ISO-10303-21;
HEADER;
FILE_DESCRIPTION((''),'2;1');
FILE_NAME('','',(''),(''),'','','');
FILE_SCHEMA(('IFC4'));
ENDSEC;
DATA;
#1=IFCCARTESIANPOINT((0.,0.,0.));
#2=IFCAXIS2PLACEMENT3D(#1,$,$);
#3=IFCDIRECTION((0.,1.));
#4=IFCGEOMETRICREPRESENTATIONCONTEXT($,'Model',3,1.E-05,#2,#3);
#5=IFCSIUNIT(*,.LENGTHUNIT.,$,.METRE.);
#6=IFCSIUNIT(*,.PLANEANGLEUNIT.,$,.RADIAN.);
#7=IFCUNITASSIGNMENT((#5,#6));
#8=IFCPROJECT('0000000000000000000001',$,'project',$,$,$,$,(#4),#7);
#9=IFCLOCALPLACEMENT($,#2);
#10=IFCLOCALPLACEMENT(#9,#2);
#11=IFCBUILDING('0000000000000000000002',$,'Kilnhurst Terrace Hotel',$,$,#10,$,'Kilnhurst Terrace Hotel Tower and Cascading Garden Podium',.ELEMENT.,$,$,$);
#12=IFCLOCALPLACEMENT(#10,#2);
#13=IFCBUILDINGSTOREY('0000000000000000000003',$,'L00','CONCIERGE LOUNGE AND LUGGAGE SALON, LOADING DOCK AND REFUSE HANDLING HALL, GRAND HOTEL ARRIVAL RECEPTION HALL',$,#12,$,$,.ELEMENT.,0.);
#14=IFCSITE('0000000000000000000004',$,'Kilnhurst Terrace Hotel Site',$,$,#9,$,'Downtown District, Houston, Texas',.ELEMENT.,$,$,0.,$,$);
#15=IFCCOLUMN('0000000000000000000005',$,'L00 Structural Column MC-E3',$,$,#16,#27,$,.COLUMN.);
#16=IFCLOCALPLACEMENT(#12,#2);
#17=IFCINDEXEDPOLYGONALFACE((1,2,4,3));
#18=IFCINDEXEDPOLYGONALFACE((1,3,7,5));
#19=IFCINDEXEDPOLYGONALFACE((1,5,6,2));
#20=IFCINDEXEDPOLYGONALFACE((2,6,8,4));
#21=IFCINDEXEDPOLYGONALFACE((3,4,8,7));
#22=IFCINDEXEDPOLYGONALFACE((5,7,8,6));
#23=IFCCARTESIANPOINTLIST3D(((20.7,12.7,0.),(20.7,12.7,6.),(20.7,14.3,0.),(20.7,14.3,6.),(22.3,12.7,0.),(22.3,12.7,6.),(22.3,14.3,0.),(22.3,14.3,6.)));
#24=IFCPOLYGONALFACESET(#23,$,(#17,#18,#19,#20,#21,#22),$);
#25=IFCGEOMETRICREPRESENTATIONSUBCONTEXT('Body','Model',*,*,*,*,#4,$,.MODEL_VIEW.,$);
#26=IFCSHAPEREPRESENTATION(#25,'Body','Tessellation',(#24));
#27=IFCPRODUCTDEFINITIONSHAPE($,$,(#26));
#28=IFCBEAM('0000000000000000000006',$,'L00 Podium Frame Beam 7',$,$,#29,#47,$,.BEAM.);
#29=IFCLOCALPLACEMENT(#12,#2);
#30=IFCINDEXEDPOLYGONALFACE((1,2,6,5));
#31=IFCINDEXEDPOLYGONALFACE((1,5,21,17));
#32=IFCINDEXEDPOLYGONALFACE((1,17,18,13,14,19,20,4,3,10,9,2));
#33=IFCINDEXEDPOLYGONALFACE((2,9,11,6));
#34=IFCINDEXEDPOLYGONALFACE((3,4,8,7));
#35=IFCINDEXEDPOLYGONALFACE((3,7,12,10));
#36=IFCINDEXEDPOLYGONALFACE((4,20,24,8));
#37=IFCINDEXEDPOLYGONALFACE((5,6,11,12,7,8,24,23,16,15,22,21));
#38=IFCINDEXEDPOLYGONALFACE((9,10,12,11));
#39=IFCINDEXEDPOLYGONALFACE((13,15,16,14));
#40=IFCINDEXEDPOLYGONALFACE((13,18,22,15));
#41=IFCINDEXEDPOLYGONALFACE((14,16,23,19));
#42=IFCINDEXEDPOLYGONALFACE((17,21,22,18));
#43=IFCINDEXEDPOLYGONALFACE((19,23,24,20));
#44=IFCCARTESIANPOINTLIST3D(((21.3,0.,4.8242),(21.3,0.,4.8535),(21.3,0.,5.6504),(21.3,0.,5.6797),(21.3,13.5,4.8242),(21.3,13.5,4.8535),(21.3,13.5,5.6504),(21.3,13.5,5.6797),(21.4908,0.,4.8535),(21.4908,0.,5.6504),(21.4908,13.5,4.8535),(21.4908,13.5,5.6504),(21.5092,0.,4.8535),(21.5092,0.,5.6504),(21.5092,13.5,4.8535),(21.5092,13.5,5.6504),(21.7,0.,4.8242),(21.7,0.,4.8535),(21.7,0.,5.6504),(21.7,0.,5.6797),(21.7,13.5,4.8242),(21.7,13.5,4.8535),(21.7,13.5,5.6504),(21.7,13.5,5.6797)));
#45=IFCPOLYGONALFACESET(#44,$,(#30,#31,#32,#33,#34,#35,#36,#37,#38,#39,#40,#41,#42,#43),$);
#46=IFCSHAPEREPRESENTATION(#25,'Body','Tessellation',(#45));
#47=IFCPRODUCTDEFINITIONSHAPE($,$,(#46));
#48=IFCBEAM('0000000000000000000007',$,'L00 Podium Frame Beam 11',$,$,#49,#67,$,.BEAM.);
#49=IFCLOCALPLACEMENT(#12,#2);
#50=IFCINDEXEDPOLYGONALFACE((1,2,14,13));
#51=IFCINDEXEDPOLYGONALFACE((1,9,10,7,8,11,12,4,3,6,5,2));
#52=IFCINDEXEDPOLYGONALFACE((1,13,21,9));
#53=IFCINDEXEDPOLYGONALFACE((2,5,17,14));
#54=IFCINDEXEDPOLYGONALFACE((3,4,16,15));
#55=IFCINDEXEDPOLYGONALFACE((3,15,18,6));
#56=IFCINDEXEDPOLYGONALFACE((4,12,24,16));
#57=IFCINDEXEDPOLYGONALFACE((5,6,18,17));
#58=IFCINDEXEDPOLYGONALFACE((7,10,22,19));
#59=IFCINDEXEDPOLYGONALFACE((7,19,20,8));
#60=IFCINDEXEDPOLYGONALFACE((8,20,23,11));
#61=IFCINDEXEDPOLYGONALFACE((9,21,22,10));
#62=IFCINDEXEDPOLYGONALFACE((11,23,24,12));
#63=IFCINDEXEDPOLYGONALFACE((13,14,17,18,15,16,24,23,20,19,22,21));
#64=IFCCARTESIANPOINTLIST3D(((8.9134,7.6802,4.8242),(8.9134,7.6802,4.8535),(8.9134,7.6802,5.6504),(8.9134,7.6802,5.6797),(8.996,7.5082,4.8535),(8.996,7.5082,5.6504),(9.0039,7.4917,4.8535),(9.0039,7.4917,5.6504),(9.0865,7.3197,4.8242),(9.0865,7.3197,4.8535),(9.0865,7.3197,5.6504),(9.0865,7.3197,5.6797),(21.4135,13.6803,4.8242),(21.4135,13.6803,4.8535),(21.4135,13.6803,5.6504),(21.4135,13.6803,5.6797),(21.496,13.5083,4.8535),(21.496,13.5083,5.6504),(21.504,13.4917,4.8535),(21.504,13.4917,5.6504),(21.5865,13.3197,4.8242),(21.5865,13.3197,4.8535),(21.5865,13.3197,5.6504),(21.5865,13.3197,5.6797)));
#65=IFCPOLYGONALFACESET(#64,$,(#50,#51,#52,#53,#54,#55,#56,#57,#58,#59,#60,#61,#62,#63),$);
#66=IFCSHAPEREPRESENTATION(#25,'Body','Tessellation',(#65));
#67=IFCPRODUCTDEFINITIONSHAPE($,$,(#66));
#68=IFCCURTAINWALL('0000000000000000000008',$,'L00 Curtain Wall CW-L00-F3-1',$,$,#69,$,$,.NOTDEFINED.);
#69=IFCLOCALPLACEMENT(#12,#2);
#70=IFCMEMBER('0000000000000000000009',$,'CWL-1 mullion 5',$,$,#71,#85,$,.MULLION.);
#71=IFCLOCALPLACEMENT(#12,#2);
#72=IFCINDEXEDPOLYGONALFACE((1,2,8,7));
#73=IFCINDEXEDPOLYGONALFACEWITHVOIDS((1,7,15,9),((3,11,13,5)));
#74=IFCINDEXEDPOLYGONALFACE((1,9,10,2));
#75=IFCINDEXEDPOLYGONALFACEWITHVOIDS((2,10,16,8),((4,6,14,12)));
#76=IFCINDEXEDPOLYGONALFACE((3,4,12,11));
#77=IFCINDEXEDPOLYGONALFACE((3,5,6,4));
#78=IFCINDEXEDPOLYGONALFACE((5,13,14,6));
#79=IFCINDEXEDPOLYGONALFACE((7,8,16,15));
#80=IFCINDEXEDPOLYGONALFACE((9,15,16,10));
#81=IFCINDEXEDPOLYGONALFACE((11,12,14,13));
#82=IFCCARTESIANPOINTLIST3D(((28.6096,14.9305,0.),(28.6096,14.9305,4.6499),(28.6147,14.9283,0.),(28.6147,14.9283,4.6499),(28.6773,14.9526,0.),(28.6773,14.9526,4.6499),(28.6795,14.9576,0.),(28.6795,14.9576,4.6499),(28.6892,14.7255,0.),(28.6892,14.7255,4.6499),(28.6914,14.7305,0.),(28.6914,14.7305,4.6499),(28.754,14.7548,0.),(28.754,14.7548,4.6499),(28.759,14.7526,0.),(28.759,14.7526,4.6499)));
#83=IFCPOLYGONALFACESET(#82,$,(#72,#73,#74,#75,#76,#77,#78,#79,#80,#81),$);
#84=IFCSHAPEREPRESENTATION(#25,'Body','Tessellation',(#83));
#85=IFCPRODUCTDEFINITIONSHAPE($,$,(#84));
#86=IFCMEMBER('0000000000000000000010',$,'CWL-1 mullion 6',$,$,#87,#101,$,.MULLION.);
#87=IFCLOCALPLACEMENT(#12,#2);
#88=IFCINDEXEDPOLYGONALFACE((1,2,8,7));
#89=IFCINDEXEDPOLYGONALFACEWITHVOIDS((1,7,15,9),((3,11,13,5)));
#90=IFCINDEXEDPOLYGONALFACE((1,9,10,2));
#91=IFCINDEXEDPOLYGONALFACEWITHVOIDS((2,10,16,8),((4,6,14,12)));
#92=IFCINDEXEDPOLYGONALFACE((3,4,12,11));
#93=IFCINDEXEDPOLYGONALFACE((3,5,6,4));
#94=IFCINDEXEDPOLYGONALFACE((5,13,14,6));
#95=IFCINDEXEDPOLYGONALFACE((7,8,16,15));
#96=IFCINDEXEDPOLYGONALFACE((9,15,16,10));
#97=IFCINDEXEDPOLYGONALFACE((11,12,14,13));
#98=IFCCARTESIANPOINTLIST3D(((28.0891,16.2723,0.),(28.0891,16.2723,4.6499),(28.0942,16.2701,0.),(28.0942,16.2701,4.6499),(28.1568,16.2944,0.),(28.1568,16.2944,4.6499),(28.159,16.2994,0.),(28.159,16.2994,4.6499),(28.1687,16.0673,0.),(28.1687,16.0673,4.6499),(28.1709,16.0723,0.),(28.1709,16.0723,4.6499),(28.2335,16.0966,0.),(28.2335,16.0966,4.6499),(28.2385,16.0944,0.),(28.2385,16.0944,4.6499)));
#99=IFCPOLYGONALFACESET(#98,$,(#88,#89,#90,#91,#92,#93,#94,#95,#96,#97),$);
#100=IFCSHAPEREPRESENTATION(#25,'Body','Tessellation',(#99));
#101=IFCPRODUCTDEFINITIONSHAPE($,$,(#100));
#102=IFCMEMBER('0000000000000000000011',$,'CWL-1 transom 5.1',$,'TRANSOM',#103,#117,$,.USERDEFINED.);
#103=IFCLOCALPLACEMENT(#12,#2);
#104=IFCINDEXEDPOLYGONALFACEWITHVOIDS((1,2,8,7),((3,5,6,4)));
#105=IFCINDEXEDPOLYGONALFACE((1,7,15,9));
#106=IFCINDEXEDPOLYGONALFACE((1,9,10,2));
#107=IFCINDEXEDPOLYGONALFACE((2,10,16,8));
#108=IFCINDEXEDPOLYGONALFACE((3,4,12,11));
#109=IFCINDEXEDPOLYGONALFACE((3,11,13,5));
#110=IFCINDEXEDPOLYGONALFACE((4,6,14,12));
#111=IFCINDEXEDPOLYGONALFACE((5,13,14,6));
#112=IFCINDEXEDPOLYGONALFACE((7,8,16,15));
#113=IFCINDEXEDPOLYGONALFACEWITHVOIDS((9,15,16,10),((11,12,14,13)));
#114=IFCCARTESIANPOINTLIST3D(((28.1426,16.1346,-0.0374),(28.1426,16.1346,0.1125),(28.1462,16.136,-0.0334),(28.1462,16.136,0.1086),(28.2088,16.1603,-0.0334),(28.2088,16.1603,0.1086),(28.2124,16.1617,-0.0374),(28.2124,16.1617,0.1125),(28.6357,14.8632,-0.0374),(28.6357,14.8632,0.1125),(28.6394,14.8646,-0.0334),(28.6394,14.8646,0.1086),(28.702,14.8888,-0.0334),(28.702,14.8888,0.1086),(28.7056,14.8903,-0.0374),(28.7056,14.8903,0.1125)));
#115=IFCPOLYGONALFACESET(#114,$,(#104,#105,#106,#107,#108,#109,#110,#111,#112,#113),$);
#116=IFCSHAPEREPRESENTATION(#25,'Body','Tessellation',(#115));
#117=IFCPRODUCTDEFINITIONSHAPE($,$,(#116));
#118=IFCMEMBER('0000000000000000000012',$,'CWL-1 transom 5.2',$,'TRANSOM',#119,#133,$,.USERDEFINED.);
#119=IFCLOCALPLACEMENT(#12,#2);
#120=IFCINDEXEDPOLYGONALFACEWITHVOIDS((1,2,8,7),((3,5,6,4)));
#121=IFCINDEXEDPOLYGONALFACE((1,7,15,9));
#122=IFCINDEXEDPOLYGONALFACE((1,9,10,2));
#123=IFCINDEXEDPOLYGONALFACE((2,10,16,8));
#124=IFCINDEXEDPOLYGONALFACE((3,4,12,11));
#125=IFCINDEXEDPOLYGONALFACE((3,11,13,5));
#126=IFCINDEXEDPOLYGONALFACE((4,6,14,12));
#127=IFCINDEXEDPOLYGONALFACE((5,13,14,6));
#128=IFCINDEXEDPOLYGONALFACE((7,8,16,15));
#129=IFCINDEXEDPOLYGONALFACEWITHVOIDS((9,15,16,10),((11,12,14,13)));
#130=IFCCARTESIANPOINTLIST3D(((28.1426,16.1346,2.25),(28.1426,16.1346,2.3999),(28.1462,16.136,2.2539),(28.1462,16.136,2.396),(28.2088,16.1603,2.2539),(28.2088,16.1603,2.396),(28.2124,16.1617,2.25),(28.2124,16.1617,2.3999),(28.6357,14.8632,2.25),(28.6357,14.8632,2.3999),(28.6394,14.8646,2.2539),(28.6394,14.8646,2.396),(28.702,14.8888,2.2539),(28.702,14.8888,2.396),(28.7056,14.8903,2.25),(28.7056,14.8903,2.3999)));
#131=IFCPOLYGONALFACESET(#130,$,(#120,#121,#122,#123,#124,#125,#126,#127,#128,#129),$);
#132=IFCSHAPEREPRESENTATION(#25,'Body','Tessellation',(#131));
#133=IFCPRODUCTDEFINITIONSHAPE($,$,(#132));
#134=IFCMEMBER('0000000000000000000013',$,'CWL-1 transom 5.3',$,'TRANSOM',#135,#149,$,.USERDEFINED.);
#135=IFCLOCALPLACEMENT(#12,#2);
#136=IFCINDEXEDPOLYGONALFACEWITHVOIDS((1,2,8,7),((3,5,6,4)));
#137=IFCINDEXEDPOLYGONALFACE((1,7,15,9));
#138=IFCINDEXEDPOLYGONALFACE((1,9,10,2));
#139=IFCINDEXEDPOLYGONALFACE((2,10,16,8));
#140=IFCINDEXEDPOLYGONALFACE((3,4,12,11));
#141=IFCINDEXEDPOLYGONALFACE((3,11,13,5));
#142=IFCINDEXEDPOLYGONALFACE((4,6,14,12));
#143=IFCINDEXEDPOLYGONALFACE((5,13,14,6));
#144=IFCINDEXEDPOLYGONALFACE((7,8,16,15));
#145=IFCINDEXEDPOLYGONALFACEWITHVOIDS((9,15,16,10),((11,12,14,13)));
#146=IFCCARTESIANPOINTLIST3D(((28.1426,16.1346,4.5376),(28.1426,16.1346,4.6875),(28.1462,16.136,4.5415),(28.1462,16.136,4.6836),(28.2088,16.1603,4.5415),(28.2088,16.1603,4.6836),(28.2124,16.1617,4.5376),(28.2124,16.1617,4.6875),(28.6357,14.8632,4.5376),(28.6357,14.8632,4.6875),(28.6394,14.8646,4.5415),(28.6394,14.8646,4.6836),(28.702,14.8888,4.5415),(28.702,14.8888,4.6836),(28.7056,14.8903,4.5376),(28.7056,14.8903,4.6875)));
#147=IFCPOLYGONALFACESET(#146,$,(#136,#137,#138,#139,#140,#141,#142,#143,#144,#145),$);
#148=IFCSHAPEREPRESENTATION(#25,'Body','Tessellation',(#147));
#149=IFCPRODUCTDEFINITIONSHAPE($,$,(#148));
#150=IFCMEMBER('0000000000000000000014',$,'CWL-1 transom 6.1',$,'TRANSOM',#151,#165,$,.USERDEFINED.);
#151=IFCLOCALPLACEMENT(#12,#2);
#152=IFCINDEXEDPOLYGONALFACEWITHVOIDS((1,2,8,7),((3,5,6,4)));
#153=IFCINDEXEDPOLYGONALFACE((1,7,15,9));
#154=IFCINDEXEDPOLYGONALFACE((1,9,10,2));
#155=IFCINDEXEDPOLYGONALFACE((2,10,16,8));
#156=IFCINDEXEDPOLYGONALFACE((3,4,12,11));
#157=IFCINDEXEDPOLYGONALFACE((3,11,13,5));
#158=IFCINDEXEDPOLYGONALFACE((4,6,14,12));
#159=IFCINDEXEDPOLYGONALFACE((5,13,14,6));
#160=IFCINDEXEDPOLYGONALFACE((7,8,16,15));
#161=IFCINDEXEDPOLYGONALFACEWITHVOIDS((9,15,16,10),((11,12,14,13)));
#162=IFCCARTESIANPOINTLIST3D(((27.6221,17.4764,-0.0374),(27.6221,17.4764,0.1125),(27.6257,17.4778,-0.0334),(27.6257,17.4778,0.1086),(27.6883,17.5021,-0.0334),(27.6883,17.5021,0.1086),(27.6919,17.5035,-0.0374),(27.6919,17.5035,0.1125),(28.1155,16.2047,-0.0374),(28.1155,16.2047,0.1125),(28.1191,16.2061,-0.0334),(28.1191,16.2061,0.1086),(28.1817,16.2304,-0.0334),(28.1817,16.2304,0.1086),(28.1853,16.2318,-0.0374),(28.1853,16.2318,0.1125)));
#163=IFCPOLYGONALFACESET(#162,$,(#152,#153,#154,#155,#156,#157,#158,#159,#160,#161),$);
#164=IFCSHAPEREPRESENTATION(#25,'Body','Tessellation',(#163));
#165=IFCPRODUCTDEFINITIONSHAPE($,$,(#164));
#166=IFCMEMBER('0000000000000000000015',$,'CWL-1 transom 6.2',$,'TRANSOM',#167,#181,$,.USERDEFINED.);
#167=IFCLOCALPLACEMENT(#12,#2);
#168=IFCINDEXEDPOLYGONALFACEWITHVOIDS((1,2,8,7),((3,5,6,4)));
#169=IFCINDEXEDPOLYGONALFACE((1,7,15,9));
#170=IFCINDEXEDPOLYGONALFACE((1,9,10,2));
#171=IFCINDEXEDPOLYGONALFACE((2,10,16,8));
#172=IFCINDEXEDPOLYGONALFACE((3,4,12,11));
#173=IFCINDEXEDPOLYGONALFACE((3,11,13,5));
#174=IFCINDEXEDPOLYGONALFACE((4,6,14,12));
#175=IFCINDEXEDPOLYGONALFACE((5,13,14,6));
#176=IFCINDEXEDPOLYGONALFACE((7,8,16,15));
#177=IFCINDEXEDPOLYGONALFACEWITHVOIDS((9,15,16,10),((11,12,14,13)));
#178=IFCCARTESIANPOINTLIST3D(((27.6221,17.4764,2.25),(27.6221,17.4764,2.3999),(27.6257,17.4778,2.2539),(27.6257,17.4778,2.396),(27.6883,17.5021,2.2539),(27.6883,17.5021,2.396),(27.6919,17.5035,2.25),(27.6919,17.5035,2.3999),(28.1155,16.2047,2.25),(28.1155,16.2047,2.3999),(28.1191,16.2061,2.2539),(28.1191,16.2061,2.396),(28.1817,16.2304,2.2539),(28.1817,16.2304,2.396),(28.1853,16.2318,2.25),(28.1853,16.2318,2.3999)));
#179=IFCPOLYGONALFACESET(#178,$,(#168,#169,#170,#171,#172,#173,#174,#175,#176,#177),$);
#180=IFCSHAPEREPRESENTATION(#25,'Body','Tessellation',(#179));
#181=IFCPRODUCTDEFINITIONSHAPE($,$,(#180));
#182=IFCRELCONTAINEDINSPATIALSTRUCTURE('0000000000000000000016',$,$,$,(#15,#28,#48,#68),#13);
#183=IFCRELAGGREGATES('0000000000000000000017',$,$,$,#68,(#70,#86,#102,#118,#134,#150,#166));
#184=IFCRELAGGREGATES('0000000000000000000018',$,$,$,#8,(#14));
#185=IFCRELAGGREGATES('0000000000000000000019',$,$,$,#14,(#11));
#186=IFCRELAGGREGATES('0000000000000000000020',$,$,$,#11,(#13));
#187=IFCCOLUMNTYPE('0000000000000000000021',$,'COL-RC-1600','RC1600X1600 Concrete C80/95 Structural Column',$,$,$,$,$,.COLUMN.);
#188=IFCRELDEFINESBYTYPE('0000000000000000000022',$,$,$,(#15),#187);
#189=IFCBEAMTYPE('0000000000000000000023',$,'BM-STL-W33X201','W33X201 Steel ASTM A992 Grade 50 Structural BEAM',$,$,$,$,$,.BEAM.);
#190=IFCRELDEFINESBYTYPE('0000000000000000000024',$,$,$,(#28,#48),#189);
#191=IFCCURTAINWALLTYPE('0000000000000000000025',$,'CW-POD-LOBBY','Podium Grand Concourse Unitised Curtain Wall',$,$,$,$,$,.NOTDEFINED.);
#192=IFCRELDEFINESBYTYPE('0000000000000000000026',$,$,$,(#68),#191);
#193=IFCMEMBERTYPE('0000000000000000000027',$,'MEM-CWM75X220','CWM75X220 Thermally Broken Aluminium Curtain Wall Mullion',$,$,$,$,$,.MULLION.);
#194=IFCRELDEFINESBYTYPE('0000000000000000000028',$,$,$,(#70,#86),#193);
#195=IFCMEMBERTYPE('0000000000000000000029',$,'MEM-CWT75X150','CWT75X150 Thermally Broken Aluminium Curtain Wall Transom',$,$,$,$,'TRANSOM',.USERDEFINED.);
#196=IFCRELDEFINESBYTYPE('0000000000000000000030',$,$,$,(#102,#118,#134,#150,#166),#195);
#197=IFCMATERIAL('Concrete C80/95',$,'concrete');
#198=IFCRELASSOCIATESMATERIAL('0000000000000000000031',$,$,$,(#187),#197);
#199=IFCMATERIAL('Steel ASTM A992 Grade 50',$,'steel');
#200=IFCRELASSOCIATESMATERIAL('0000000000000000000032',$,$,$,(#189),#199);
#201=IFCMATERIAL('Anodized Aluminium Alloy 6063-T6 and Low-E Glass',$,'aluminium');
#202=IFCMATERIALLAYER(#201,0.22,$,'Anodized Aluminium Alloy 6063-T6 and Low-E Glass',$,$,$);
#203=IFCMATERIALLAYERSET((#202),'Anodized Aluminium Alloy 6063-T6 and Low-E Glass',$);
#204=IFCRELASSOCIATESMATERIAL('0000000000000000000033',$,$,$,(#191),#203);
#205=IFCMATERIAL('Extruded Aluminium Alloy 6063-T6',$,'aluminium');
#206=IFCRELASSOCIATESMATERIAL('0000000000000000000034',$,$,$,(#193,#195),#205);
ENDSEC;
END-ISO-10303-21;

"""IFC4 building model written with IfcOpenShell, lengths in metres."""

from ifc_helpers import new_model, si_unit, direction, frame, origin, origin_2d, place, context, subcontext, project, spatial, rectangle, hollow_rectangle, i_section, extrude, material, layer, layer_set, material_profile, profile_set, type_object, element, aggregate, save


model = new_model("IFC4")

# Units and contexts
model_context = context("Model", 3, precision=1e-05, world=origin(), true_north=direction((0.0, 1.0)))
body_context = subcontext(model_context, "Body", "Model", "MODEL_VIEW")
ifc_project = project(units=[si_unit("LENGTHUNIT", "METRE"), si_unit("PLANEANGLEUNIT", "RADIAN")], contexts=[model_context])

# Site, building, storey
site_placement = place(None, origin())
site = spatial("IfcSite", under=ifc_project, at=site_placement, Name="Kilnhurst Terrace Hotel Site", LongName="Downtown District, Houston, Texas", CompositionType="ELEMENT", RefElevation=0.0)
building_placement = place(site_placement, origin())
building = spatial("IfcBuilding", under=site, at=building_placement, Name="Kilnhurst Terrace Hotel", LongName="Kilnhurst Terrace Hotel Tower and Cascading Garden Podium", CompositionType="ELEMENT")
storey_placement = place(building_placement, origin())
storey = spatial("IfcBuildingStorey", under=building, at=storey_placement, Name="L00", Description="CONCIERGE LOUNGE AND LUGGAGE SALON, LOADING DOCK AND REFUSE HANDLING HALL, GRAND HOTEL ARRIVAL RECEPTION HALL", CompositionType="ELEMENT", Elevation=0.0)

# Column
ifc_material_1 = material(Name="Concrete C80/95", Category="concrete")
ifc_material_profile_1 = material_profile(ifc_material_1, rectangle(XDim=1.6001, YDim=1.6001, at=origin_2d()), Name="RC1600X1600")
ifc_profile_set_1 = profile_set([ifc_material_profile_1], Name="Concrete C80/95")
column_type = type_object("IfcColumnType", Name="COL-RC-1600", Description="RC1600X1600 Concrete C80/95 Structural Column", PredefinedType="COLUMN", material=ifc_profile_set_1)
column_placement = place(storey_placement, frame((21.5, 13.5, 0.0), z_axis=(0.0, 0.0, 1.0), x_axis=(1.0, 0.0, 0.0)))
element("IfcColumn", 1, at=column_placement, inside=storey, type_object=column_type, Name="L00 Structural Column MC-E3", PredefinedType="COLUMN", context=body_context, shape_type="SweptSolid", body=[
    extrude(rectangle(XDim=1.6001, YDim=1.6001, at=origin_2d()), origin(), (0.0, 0.0, 1.0), 6.0),
])

# Beams
ifc_material_2 = material(Name="Steel ASTM A992 Grade 50", Category="steel")
ifc_material_profile_2 = material_profile(ifc_material_2, i_section(OverallWidth=0.3999, OverallDepth=0.8555, WebThickness=0.0183, FlangeThickness=0.0293, at=origin_2d()), Name="W33X201")
ifc_profile_set_2 = profile_set([ifc_material_profile_2], Name="Steel ASTM A992 Grade 50")
beam_type = type_object("IfcBeamType", Name="BM-STL-W33X201", Description="W33X201 Steel ASTM A992 Grade 50 Structural BEAM", PredefinedType="BEAM", material=ifc_profile_set_2)
beam_1_placement = place(storey_placement, frame((21.5, 13.5, 5.252), z_axis=(0.0, -1.0, 0.0), x_axis=(1.0, 0.0, 0.0)))
element("IfcBeam", 2, at=beam_1_placement, inside=storey, type_object=beam_type, Name="L00 Podium Frame Beam 7", PredefinedType="BEAM", context=body_context, shape_type="SweptSolid", body=[
    extrude(i_section(OverallWidth=0.3999, OverallDepth=0.8555, WebThickness=0.0183, FlangeThickness=0.0293, at=origin_2d()), origin(), (0.0, 0.0, 1.0), 13.5),
])
beam_2_placement = place(storey_placement, frame((21.5, 13.5, 5.252), z_axis=(-0.901523, -0.432731, 0.0), x_axis=(0.432731, -0.901523, 0.0)))
element("IfcBeam", 3, at=beam_2_placement, inside=storey, type_object=beam_type, Name="L00 Podium Frame Beam 11", PredefinedType="BEAM", context=body_context, shape_type="SweptSolid", body=[
    extrude(i_section(OverallWidth=0.3999, OverallDepth=0.8555, WebThickness=0.0183, FlangeThickness=0.0293, at=origin_2d()), origin(), (0.0, 0.0, 1.0), 13.8655),
])

# Curtain wall, members
ifc_material_3 = material(Name="Anodized Aluminium Alloy 6063-T6 and Low-E Glass", Category="aluminium")
ifc_layer_1 = layer(ifc_material_3, 0.22, Name="Anodized Aluminium Alloy 6063-T6 and Low-E Glass")
ifc_layer_set_1 = layer_set([ifc_layer_1], Name="Anodized Aluminium Alloy 6063-T6 and Low-E Glass")
curtain_wall_type = type_object("IfcCurtainWallType", Name="CW-POD-LOBBY", Description="Podium Grand Concourse Unitised Curtain Wall", PredefinedType="NOTDEFINED", material=ifc_layer_set_1)
curtain_wall_placement = place(storey_placement, origin())
curtain_wall = element("IfcCurtainWall", 4, at=curtain_wall_placement, inside=storey, type_object=curtain_wall_type, Name="L00 Curtain Wall CW-L00-F3-1", PredefinedType="NOTDEFINED")
ifc_material_4 = material(Name="Extruded Aluminium Alloy 6063-T6", Category="aluminium")
ifc_material_profile_3 = material_profile(ifc_material_4, hollow_rectangle(XDim=0.075, YDim=0.22, WallThickness=0.0039, at=origin_2d()), Name="CWM75X220")
ifc_profile_set_3 = profile_set([ifc_material_profile_3], Name="Extruded Aluminium Alloy 6063-T6")
member_type_1 = type_object("IfcMemberType", Name="MEM-CWM75X220", Description="CWM75X220 Thermally Broken Aluminium Curtain Wall Mullion", PredefinedType="MULLION", material=ifc_profile_set_3)
member_1_placement = place(storey_placement, frame((28.6843, 14.8416, 0.0), z_axis=(0.0, 0.0, 1.0), x_axis=(-0.932318, -0.361639, 0.0)))
member_1 = element("IfcMember", 5, at=member_1_placement, type_object=member_type_1, Name="CWL-1 mullion 5", PredefinedType="MULLION", context=body_context, shape_type="SweptSolid", body=[
    extrude(hollow_rectangle(XDim=0.075, YDim=0.22, WallThickness=0.0039, at=origin_2d()), origin(), (0.0, 0.0, 1.0), 4.6499),
])
member_2_placement = place(storey_placement, frame((28.1638, 16.1833, 0.0), z_axis=(0.0, 0.0, 1.0), x_axis=(-0.932318, -0.361639, 0.0)))
member_2 = element("IfcMember", 6, at=member_2_placement, type_object=member_type_1, Name="CWL-1 mullion 6", PredefinedType="MULLION", context=body_context, shape_type="SweptSolid", body=[
    extrude(hollow_rectangle(XDim=0.075, YDim=0.22, WallThickness=0.0039, at=origin_2d()), origin(), (0.0, 0.0, 1.0), 4.6499),
])
ifc_material_profile_4 = material_profile(ifc_material_4, hollow_rectangle(XDim=0.075, YDim=0.1499, WallThickness=0.0039, at=origin_2d()), Name="CWT75X150")
ifc_profile_set_4 = profile_set([ifc_material_profile_4], Name="Extruded Aluminium Alloy 6063-T6")
member_type_2 = type_object("IfcMemberType", Name="MEM-CWT75X150", Description="CWT75X150 Thermally Broken Aluminium Curtain Wall Transom", ElementType="TRANSOM", PredefinedType="USERDEFINED", material=ifc_profile_set_4)
member_3_placement = place(storey_placement, frame((28.6707, 14.8767, 0.0376), z_axis=(-0.361617, 0.932327, 0.0), x_axis=(-0.932327, -0.361617, 0.0)))
member_3 = element("IfcMember", 7, at=member_3_placement, type_object=member_type_2, Name="CWL-1 transom 5.1", ObjectType="TRANSOM", PredefinedType="USERDEFINED", context=body_context, shape_type="SweptSolid", body=[
    extrude(hollow_rectangle(XDim=0.075, YDim=0.1499, WallThickness=0.0039, at=origin_2d()), origin(), (0.0, 0.0, 1.0), 1.3638),
])
member_4_placement = place(storey_placement, frame((28.6707, 14.8767, 2.325), z_axis=(-0.361617, 0.932327, 0.0), x_axis=(-0.932327, -0.361617, 0.0)))
member_4 = element("IfcMember", 8, at=member_4_placement, type_object=member_type_2, Name="CWL-1 transom 5.2", ObjectType="TRANSOM", PredefinedType="USERDEFINED", context=body_context, shape_type="SweptSolid", body=[
    extrude(hollow_rectangle(XDim=0.075, YDim=0.1499, WallThickness=0.0039, at=origin_2d()), origin(), (0.0, 0.0, 1.0), 1.3638),
])
member_5_placement = place(storey_placement, frame((28.6707, 14.8767, 4.6125), z_axis=(-0.361617, 0.932327, 0.0), x_axis=(-0.932327, -0.361617, 0.0)))
member_5 = element("IfcMember", 9, at=member_5_placement, type_object=member_type_2, Name="CWL-1 transom 5.3", ObjectType="TRANSOM", PredefinedType="USERDEFINED", context=body_context, shape_type="SweptSolid", body=[
    extrude(hollow_rectangle(XDim=0.075, YDim=0.1499, WallThickness=0.0039, at=origin_2d()), origin(), (0.0, 0.0, 1.0), 1.3638),
])
member_6_placement = place(storey_placement, frame((28.1504, 16.2183, 0.0376), z_axis=(-0.361712, 0.93229, 0.0), x_axis=(-0.93229, -0.361712, 0.0)))
member_6 = element("IfcMember", 10, at=member_6_placement, type_object=member_type_2, Name="CWL-1 transom 6.1", ObjectType="TRANSOM", PredefinedType="USERDEFINED", context=body_context, shape_type="SweptSolid", body=[
    extrude(hollow_rectangle(XDim=0.075, YDim=0.1499, WallThickness=0.0039, at=origin_2d()), origin(), (0.0, 0.0, 1.0), 1.364),
])
member_7_placement = place(storey_placement, frame((28.1504, 16.2183, 2.325), z_axis=(-0.361712, 0.93229, 0.0), x_axis=(-0.93229, -0.361712, 0.0)))
member_7 = element("IfcMember", 11, at=member_7_placement, type_object=member_type_2, Name="CWL-1 transom 6.2", ObjectType="TRANSOM", PredefinedType="USERDEFINED", context=body_context, shape_type="SweptSolid", body=[
    extrude(hollow_rectangle(XDim=0.075, YDim=0.1499, WallThickness=0.0039, at=origin_2d()), origin(), (0.0, 0.0, 1.0), 1.364),
])
aggregate(curtain_wall, [member_1, member_2, member_3, member_4, member_5, member_6, member_7])

save(model, "model.ifc")
